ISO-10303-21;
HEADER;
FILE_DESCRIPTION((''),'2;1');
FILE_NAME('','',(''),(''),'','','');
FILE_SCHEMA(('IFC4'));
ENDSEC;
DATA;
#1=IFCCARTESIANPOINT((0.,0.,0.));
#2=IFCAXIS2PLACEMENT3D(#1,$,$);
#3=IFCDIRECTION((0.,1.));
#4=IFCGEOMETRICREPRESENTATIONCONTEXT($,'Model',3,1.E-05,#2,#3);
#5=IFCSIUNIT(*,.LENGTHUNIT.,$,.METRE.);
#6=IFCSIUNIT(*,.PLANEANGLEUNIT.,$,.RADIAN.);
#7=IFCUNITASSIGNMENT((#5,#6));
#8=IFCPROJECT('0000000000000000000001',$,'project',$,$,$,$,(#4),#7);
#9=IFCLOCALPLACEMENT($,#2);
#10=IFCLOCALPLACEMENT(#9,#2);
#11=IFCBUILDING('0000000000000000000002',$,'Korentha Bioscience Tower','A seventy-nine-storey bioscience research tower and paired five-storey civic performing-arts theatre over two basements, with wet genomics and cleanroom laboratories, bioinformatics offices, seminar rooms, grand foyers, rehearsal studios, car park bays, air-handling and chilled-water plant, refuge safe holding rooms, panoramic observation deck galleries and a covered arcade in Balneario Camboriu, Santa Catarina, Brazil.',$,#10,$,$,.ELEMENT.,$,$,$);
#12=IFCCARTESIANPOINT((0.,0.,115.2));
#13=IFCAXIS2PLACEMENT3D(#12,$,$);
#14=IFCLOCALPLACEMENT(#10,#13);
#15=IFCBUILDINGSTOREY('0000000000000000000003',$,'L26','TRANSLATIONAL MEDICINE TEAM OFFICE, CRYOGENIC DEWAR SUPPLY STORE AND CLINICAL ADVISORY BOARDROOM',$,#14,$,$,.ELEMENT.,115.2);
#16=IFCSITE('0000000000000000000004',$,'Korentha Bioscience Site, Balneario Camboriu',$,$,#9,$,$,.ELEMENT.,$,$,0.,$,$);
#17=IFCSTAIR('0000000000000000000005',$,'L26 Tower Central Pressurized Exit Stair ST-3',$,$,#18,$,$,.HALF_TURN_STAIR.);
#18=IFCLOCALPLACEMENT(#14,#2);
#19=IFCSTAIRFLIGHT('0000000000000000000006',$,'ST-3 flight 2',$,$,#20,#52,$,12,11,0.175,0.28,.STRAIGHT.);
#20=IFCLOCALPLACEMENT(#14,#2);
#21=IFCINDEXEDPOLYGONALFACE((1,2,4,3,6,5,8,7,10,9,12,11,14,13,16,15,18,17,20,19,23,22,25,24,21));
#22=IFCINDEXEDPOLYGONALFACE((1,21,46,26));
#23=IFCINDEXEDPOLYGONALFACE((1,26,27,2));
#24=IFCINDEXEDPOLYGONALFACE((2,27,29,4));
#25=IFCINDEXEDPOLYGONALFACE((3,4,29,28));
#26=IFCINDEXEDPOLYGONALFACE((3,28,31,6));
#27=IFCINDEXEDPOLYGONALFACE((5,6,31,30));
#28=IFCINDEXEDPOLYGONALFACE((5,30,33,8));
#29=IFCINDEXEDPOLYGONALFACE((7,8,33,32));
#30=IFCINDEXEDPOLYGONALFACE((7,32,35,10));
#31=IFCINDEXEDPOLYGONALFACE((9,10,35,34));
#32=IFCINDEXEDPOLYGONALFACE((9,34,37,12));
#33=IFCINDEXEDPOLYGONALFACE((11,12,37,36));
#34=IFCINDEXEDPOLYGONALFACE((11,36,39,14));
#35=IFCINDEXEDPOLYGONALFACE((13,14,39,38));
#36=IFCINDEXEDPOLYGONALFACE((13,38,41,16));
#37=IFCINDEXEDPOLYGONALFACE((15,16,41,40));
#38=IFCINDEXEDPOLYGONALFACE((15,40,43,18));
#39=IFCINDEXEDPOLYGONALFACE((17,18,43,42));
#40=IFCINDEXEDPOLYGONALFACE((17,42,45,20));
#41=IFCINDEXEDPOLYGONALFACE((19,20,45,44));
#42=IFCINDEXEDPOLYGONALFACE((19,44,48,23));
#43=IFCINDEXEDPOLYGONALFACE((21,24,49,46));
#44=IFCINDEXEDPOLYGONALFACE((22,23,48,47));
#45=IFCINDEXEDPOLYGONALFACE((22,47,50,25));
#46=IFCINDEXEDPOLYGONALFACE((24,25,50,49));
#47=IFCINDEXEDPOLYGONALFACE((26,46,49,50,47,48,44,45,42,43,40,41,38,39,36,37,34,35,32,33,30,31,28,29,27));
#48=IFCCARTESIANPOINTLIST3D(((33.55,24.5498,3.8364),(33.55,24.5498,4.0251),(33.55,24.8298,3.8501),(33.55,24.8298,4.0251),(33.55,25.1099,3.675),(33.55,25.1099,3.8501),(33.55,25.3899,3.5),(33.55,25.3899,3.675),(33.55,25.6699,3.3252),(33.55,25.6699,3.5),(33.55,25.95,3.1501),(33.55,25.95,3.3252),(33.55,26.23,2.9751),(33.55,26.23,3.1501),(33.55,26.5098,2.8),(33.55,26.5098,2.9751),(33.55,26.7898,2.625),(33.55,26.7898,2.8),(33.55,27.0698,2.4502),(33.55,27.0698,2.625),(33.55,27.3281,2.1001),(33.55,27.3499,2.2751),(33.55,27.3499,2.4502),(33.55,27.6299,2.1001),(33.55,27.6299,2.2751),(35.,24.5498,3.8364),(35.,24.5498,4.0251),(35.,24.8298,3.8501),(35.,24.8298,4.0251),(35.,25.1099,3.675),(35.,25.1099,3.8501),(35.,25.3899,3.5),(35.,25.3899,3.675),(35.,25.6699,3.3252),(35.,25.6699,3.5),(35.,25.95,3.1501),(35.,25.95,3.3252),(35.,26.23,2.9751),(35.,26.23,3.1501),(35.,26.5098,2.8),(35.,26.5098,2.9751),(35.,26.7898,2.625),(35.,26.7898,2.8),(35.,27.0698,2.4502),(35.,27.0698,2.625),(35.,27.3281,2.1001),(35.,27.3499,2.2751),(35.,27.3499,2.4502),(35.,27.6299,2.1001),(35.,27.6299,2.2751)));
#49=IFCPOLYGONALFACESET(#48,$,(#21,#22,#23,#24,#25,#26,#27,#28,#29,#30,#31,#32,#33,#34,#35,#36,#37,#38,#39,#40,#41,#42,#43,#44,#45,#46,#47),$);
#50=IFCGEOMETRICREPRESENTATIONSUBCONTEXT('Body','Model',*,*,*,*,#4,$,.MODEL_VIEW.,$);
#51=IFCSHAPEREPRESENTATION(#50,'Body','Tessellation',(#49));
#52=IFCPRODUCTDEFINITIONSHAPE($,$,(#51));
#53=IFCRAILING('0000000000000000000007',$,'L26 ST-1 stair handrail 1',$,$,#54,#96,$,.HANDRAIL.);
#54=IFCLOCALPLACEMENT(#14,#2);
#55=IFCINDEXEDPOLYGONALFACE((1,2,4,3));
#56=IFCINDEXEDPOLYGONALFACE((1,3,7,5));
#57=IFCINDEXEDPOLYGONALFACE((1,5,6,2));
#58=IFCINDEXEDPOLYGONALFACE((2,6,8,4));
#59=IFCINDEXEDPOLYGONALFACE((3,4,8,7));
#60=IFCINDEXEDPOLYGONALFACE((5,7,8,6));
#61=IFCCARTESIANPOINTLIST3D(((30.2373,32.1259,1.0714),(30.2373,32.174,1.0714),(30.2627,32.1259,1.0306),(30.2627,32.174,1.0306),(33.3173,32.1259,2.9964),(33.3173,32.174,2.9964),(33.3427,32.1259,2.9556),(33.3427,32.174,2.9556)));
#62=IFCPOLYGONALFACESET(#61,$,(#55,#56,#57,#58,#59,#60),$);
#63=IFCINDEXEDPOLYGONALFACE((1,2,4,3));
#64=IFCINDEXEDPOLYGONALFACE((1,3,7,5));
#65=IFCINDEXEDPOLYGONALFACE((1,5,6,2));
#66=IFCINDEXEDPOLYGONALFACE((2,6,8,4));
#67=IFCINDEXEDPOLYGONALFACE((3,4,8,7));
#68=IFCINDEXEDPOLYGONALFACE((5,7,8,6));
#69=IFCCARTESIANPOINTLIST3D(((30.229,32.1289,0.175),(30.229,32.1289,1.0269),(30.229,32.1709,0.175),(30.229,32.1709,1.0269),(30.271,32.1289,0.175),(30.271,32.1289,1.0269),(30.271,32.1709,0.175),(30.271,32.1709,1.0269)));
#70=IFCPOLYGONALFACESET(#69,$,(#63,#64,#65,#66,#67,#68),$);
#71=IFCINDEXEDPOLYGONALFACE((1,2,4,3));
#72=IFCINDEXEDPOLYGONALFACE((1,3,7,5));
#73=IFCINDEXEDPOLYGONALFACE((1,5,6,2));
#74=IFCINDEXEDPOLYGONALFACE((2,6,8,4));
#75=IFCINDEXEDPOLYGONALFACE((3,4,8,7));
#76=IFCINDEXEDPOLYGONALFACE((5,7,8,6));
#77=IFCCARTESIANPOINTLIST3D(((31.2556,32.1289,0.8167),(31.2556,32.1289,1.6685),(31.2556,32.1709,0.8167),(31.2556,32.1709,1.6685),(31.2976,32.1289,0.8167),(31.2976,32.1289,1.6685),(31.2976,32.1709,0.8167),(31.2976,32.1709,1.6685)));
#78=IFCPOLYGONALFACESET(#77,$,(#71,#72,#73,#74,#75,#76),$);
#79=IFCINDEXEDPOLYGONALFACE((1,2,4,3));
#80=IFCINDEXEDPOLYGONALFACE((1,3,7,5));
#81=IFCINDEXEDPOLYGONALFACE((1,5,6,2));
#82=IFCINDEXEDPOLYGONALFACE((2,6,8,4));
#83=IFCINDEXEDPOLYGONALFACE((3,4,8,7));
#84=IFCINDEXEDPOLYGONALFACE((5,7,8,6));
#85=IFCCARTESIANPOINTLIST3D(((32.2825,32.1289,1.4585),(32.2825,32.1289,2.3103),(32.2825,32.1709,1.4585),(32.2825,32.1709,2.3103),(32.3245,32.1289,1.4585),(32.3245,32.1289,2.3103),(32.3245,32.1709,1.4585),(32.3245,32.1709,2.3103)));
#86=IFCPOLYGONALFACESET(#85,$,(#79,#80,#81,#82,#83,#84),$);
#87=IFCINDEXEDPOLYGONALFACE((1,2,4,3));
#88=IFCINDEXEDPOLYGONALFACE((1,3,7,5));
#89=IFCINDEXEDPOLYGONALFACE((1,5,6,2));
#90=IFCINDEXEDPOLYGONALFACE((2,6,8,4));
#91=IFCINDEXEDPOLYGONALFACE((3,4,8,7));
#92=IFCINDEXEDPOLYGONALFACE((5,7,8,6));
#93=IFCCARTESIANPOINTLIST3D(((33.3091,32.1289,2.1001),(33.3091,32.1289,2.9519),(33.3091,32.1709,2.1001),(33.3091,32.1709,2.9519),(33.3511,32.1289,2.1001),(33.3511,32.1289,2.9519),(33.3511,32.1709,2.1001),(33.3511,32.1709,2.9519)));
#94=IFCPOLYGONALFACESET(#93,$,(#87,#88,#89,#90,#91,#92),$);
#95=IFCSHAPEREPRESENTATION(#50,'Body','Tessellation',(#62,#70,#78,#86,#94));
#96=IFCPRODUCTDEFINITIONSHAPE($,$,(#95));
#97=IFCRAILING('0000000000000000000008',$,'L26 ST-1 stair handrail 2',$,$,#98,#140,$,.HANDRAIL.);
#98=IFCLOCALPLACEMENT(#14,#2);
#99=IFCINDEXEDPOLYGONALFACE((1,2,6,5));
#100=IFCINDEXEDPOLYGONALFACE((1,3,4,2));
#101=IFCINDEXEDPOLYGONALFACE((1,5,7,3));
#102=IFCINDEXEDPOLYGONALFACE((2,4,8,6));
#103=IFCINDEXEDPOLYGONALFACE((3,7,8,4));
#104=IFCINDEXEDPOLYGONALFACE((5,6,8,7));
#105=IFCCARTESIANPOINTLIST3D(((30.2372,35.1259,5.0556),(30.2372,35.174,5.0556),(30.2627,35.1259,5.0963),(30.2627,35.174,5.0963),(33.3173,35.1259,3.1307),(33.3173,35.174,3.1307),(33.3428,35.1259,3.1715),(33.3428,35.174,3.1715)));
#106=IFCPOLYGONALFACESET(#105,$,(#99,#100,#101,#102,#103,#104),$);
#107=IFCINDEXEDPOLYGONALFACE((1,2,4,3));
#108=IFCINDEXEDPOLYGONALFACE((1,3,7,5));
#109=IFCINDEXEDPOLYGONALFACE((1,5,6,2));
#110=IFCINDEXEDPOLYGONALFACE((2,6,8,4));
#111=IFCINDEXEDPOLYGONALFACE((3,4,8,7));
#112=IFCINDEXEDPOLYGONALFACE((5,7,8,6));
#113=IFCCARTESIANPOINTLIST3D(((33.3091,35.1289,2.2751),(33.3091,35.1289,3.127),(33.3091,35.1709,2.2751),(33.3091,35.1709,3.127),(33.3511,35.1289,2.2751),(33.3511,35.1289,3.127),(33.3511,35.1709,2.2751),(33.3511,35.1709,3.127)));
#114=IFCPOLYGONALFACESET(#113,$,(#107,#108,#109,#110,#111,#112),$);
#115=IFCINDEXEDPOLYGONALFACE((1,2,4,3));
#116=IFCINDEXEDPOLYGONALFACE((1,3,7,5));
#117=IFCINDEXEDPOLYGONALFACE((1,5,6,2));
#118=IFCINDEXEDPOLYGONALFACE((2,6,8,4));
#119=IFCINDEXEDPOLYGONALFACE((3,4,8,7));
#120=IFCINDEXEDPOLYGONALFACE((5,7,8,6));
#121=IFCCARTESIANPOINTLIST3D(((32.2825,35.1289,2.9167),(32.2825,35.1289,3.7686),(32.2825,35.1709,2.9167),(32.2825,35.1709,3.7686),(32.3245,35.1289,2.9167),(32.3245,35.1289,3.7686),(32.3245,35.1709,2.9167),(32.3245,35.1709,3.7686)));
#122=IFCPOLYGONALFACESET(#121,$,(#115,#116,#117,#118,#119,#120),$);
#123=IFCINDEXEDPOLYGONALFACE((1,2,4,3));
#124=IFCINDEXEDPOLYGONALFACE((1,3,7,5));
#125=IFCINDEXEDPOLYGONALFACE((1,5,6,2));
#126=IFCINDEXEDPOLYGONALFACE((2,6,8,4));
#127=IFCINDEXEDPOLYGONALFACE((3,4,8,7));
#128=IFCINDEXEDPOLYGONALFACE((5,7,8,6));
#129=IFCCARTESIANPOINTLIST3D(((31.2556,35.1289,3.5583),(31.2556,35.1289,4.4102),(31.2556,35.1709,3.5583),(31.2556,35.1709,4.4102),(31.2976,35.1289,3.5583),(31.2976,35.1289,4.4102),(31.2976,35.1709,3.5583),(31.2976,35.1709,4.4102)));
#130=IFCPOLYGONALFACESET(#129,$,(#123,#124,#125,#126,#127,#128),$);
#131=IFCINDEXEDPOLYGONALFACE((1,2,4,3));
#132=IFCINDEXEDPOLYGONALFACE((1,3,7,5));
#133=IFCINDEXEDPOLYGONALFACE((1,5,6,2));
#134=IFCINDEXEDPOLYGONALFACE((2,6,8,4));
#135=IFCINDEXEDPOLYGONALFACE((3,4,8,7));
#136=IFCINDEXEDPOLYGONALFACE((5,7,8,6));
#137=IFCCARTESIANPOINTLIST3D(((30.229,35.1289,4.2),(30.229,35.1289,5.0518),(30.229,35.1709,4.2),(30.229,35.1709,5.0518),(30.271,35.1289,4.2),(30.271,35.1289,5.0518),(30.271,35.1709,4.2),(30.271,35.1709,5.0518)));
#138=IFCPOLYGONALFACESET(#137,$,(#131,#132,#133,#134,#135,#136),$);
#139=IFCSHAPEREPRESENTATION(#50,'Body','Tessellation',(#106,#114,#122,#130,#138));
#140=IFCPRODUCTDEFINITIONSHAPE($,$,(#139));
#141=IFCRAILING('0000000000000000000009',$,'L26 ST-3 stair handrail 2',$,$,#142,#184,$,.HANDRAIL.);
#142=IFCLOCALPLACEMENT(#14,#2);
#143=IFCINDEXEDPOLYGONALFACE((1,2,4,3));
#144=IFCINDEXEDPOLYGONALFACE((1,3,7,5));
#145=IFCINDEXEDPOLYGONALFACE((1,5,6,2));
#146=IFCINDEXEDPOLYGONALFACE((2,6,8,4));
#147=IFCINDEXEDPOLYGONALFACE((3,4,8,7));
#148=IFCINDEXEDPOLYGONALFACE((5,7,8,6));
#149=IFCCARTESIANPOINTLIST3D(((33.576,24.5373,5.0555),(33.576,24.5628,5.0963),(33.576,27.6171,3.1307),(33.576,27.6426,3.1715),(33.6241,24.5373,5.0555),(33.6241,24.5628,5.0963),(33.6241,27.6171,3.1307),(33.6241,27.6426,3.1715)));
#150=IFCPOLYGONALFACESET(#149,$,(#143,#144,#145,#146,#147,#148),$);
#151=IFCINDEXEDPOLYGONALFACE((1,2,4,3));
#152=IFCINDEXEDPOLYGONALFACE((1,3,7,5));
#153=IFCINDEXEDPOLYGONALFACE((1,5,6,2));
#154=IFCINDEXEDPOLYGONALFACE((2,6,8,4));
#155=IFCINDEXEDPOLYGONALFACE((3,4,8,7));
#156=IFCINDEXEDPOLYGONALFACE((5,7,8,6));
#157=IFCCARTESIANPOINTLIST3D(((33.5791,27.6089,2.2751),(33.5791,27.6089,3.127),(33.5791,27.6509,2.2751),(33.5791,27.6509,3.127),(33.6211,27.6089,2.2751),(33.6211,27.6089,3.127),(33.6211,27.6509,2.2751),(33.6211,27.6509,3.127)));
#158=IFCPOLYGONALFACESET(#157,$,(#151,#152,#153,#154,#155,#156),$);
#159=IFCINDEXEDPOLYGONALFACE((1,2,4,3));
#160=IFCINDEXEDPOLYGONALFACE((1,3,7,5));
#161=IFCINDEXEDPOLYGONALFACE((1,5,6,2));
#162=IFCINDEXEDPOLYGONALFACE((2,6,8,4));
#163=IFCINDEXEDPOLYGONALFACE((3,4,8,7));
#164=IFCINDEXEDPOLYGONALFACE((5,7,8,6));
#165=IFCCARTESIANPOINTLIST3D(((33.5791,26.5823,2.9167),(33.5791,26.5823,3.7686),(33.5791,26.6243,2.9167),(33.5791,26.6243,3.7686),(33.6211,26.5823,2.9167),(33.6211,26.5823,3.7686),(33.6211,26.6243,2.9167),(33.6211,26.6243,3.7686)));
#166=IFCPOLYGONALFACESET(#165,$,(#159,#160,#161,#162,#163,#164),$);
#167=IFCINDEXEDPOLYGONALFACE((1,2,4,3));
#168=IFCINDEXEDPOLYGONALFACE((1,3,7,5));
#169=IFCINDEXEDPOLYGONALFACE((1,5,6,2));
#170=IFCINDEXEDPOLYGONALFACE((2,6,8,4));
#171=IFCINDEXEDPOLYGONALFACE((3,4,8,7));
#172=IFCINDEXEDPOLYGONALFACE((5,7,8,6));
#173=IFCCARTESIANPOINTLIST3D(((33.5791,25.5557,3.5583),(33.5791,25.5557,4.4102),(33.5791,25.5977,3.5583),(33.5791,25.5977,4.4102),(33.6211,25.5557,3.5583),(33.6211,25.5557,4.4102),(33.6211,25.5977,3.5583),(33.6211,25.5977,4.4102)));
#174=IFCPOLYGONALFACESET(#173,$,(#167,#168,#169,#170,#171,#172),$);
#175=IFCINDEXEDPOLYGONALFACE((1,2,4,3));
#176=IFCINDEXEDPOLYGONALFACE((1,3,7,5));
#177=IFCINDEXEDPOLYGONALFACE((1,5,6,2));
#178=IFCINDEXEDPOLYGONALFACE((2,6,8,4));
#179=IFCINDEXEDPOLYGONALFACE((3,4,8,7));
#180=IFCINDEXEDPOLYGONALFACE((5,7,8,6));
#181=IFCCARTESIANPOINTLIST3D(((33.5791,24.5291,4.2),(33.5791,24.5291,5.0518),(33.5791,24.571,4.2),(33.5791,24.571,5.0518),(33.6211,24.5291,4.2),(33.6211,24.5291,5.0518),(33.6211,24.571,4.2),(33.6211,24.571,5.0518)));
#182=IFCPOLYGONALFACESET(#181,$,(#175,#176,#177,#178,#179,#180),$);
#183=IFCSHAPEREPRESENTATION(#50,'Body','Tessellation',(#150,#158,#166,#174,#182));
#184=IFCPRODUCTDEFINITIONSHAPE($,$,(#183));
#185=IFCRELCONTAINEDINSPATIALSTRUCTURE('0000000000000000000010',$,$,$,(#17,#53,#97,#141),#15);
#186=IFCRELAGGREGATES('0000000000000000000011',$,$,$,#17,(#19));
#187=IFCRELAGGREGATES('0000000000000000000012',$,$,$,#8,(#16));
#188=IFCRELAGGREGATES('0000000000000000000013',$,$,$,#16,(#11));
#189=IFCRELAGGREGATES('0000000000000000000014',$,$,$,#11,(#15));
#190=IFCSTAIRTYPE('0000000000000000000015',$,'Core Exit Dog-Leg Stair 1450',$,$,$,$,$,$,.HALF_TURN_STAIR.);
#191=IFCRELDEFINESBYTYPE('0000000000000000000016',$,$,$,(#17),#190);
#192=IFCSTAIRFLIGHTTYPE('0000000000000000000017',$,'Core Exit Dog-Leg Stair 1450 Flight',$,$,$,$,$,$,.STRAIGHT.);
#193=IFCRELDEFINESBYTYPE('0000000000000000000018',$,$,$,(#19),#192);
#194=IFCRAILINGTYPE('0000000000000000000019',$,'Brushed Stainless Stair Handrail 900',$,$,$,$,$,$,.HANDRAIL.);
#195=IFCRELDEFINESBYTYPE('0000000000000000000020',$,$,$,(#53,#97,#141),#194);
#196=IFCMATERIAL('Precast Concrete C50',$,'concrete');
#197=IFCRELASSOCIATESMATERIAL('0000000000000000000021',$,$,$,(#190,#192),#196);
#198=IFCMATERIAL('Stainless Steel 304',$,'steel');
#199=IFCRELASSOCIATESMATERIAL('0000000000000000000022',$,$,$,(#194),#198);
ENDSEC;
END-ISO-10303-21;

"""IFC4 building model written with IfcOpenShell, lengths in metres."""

from ifc_helpers import new_model, si_unit, direction, frame, origin, origin_2d, place, context, subcontext, project, spatial, polyline, rectangle, outline, extrude, material, type_object, element, aggregate, save


model = new_model("IFC4")

# Units and contexts
model_context = context("Model", 3, precision=1e-05, world=origin(), true_north=direction((0.0, 1.0)))
body_context = subcontext(model_context, "Body", "Model", "MODEL_VIEW")
ifc_project = project(units=[si_unit("LENGTHUNIT", "METRE"), si_unit("PLANEANGLEUNIT", "RADIAN")], contexts=[model_context])

# Site, building, storey
site_placement = place(None, origin())
site = spatial("IfcSite", under=ifc_project, at=site_placement, Name="Korentha Bioscience Site, Balneario Camboriu", CompositionType="ELEMENT", RefElevation=0.0)
building_placement = place(site_placement, origin())
building = spatial("IfcBuilding", under=site, at=building_placement, Name="Korentha Bioscience Tower", Description="A seventy-nine-storey bioscience research tower and paired five-storey civic performing-arts theatre over two basements, with wet genomics and cleanroom laboratories, bioinformatics offices, seminar rooms, grand foyers, rehearsal studios, car park bays, air-handling and chilled-water plant, refuge safe holding rooms, panoramic observation deck galleries and a covered arcade in Balneario Camboriu, Santa Catarina, Brazil.", CompositionType="ELEMENT")
storey_placement = place(building_placement, frame((0.0, 0.0, 115.2)))
storey = spatial("IfcBuildingStorey", under=building, at=storey_placement, Name="L26", Description="TRANSLATIONAL MEDICINE TEAM OFFICE, CRYOGENIC DEWAR SUPPLY STORE AND CLINICAL ADVISORY BOARDROOM", CompositionType="ELEMENT", Elevation=115.2)

# Shared definitions
ifc_material_1 = material(Name="Precast Concrete C50", Category="concrete")
stair_type = type_object("IfcStairType", Name="Core Exit Dog-Leg Stair 1450", PredefinedType="HALF_TURN_STAIR", material=ifc_material_1)
stair_flight_type = type_object("IfcStairFlightType", Name="Core Exit Dog-Leg Stair 1450 Flight", PredefinedType="STRAIGHT", material=ifc_material_1)

# Stair, stair flight
stair_1_placement = place(storey_placement, origin())
stair_1 = element("IfcStair", 1, at=stair_1_placement, inside=storey, type_object=stair_type, Name="L26 Tower Central Pressurized Exit Stair ST-3", PredefinedType="HALF_TURN_STAIR")
stair_flight_1_placement = place(storey_placement, frame((34.2749, 27.6299, 2.1001), z_axis=(0.0, 0.0, 1.0), x_axis=(0.0, -1.0, 0.0)))
stair_flight_1 = element("IfcStairFlight", 2, at=stair_flight_1_placement, type_object=stair_flight_type, Name="ST-3 flight 2", NumberOfRisers=12, NumberOfTreads=11, PredefinedType="STRAIGHT", RiserHeight=0.175, TreadLength=0.28, context=body_context, shape_type="SweptSolid", body=[
    extrude(outline(polyline([(0.0, 0.0), (0.0, 0.175), (0.28, 0.175), (0.28, 0.3501), (0.5601, 0.3501), (0.5601, 0.5249), (0.8401, 0.5249), (0.8401, 0.7), (1.1201, 0.7), (1.1201, 0.875), (1.3999, 0.875), (1.3999, 1.05), (1.6799, 1.05), (1.6799, 1.2251), (1.96, 1.2251), (1.96, 1.3999), (2.24, 1.3999), (2.24, 1.575), (2.52, 1.575), (2.52, 1.75), (2.8, 1.75), (2.8, 1.925), (3.0801, 1.925), (3.0801, 2.1001), (3.0801, 1.7363), (0.3018, 0.0), (0.0, 0.0)])), frame((0.0, 0.7251, 0.0), z_axis=(0.0, -1.0, 0.0), x_axis=(1.0, 0.0, 0.0)), (0.0, 0.0, 1.0), 1.45),
])
aggregate(stair_1, [stair_flight_1])

# Railings
ifc_material_2 = material(Name="Stainless Steel 304", Category="steel")
railing_type_1 = type_object("IfcRailingType", Name="Brushed Stainless Stair Handrail 900", PredefinedType="HANDRAIL", material=ifc_material_2)
railing_1_placement = place(storey_placement, frame((30.25, 32.1499, 0.175)))
element("IfcRailing", 3, at=railing_1_placement, inside=storey, type_object=railing_type_1, Name="L26 ST-1 stair handrail 1", PredefinedType="HANDRAIL", context=body_context, shape_type="SweptSolid", body=[
    extrude(rectangle(XDim=0.0481, YDim=0.0481, at=origin_2d()), frame((0.0, 0.0, 0.876), z_axis=(0.847998, 0.0, 0.529999), x_axis=(0.0, 1.0, 0.0)), (0.0, 0.0, 1.0), 3.6321),
    extrude(rectangle(XDim=0.042, YDim=0.042, at=origin_2d()), origin(), (0.0, 0.0, 1.0), 0.8518),
    extrude(rectangle(XDim=0.042, YDim=0.042, at=origin_2d()), frame((1.0266, 0.0, 0.6416)), (0.0, 0.0, 1.0), 0.8518),
    extrude(rectangle(XDim=0.042, YDim=0.042, at=origin_2d()), frame((2.0535, 0.0, 1.2834)), (0.0, 0.0, 1.0), 0.8518),
    extrude(rectangle(XDim=0.042, YDim=0.042, at=origin_2d()), frame((3.0801, 0.0, 1.925)), (0.0, 0.0, 1.0), 0.8518),
])
railing_2_placement = place(storey_placement, frame((33.3301, 35.1499, 2.2751)))
element("IfcRailing", 4, at=railing_2_placement, inside=storey, type_object=railing_type_1, Name="L26 ST-1 stair handrail 2", PredefinedType="HANDRAIL", context=body_context, shape_type="SweptSolid", body=[
    extrude(rectangle(XDim=0.0481, YDim=0.0481, at=origin_2d()), frame((0.0, 0.0, 0.876), z_axis=(-0.848029, 0.0, 0.529951), x_axis=(0.0, -1.0, 0.0)), (0.0, 0.0, 1.0), 3.6321),
    extrude(rectangle(XDim=0.042, YDim=0.042, at=origin_2d()), origin(), (0.0, 0.0, 1.0), 0.8518),
    extrude(rectangle(XDim=0.042, YDim=0.042, at=origin_2d()), frame((-1.0266, 0.0, 0.6416)), (0.0, 0.0, 1.0), 0.8518),
    extrude(rectangle(XDim=0.042, YDim=0.042, at=origin_2d()), frame((-2.0535, 0.0, 1.2832)), (0.0, 0.0, 1.0), 0.8518),
    extrude(rectangle(XDim=0.042, YDim=0.042, at=origin_2d()), frame((-3.0801, 0.0, 1.9248)), (0.0, 0.0, 1.0), 0.8518),
])
railing_3_placement = place(storey_placement, frame((33.6001, 27.6299, 2.2751)))
element("IfcRailing", 5, at=railing_3_placement, inside=storey, type_object=railing_type_1, Name="L26 ST-3 stair handrail 2", PredefinedType="HANDRAIL", context=body_context, shape_type="SweptSolid", body=[
    extrude(rectangle(XDim=0.0481, YDim=0.0481, at=origin_2d()), frame((0.0, 0.0, 0.876), z_axis=(0.0, -0.84801, 0.529981), x_axis=(1.0, 0.0, 0.0)), (0.0, 0.0, 1.0), 3.6318),
    extrude(rectangle(XDim=0.042, YDim=0.042, at=origin_2d()), origin(), (0.0, 0.0, 1.0), 0.8518),
    extrude(rectangle(XDim=0.042, YDim=0.042, at=origin_2d()), frame((0.0, -1.0266, 0.6416)), (0.0, 0.0, 1.0), 0.8518),
    extrude(rectangle(XDim=0.042, YDim=0.042, at=origin_2d()), frame((0.0, -2.0532, 1.2832)), (0.0, 0.0, 1.0), 0.8518),
    extrude(rectangle(XDim=0.042, YDim=0.042, at=origin_2d()), frame((0.0, -3.0798, 1.9248)), (0.0, 0.0, 1.0), 0.8518),
])

save(model, "model.ifc")
